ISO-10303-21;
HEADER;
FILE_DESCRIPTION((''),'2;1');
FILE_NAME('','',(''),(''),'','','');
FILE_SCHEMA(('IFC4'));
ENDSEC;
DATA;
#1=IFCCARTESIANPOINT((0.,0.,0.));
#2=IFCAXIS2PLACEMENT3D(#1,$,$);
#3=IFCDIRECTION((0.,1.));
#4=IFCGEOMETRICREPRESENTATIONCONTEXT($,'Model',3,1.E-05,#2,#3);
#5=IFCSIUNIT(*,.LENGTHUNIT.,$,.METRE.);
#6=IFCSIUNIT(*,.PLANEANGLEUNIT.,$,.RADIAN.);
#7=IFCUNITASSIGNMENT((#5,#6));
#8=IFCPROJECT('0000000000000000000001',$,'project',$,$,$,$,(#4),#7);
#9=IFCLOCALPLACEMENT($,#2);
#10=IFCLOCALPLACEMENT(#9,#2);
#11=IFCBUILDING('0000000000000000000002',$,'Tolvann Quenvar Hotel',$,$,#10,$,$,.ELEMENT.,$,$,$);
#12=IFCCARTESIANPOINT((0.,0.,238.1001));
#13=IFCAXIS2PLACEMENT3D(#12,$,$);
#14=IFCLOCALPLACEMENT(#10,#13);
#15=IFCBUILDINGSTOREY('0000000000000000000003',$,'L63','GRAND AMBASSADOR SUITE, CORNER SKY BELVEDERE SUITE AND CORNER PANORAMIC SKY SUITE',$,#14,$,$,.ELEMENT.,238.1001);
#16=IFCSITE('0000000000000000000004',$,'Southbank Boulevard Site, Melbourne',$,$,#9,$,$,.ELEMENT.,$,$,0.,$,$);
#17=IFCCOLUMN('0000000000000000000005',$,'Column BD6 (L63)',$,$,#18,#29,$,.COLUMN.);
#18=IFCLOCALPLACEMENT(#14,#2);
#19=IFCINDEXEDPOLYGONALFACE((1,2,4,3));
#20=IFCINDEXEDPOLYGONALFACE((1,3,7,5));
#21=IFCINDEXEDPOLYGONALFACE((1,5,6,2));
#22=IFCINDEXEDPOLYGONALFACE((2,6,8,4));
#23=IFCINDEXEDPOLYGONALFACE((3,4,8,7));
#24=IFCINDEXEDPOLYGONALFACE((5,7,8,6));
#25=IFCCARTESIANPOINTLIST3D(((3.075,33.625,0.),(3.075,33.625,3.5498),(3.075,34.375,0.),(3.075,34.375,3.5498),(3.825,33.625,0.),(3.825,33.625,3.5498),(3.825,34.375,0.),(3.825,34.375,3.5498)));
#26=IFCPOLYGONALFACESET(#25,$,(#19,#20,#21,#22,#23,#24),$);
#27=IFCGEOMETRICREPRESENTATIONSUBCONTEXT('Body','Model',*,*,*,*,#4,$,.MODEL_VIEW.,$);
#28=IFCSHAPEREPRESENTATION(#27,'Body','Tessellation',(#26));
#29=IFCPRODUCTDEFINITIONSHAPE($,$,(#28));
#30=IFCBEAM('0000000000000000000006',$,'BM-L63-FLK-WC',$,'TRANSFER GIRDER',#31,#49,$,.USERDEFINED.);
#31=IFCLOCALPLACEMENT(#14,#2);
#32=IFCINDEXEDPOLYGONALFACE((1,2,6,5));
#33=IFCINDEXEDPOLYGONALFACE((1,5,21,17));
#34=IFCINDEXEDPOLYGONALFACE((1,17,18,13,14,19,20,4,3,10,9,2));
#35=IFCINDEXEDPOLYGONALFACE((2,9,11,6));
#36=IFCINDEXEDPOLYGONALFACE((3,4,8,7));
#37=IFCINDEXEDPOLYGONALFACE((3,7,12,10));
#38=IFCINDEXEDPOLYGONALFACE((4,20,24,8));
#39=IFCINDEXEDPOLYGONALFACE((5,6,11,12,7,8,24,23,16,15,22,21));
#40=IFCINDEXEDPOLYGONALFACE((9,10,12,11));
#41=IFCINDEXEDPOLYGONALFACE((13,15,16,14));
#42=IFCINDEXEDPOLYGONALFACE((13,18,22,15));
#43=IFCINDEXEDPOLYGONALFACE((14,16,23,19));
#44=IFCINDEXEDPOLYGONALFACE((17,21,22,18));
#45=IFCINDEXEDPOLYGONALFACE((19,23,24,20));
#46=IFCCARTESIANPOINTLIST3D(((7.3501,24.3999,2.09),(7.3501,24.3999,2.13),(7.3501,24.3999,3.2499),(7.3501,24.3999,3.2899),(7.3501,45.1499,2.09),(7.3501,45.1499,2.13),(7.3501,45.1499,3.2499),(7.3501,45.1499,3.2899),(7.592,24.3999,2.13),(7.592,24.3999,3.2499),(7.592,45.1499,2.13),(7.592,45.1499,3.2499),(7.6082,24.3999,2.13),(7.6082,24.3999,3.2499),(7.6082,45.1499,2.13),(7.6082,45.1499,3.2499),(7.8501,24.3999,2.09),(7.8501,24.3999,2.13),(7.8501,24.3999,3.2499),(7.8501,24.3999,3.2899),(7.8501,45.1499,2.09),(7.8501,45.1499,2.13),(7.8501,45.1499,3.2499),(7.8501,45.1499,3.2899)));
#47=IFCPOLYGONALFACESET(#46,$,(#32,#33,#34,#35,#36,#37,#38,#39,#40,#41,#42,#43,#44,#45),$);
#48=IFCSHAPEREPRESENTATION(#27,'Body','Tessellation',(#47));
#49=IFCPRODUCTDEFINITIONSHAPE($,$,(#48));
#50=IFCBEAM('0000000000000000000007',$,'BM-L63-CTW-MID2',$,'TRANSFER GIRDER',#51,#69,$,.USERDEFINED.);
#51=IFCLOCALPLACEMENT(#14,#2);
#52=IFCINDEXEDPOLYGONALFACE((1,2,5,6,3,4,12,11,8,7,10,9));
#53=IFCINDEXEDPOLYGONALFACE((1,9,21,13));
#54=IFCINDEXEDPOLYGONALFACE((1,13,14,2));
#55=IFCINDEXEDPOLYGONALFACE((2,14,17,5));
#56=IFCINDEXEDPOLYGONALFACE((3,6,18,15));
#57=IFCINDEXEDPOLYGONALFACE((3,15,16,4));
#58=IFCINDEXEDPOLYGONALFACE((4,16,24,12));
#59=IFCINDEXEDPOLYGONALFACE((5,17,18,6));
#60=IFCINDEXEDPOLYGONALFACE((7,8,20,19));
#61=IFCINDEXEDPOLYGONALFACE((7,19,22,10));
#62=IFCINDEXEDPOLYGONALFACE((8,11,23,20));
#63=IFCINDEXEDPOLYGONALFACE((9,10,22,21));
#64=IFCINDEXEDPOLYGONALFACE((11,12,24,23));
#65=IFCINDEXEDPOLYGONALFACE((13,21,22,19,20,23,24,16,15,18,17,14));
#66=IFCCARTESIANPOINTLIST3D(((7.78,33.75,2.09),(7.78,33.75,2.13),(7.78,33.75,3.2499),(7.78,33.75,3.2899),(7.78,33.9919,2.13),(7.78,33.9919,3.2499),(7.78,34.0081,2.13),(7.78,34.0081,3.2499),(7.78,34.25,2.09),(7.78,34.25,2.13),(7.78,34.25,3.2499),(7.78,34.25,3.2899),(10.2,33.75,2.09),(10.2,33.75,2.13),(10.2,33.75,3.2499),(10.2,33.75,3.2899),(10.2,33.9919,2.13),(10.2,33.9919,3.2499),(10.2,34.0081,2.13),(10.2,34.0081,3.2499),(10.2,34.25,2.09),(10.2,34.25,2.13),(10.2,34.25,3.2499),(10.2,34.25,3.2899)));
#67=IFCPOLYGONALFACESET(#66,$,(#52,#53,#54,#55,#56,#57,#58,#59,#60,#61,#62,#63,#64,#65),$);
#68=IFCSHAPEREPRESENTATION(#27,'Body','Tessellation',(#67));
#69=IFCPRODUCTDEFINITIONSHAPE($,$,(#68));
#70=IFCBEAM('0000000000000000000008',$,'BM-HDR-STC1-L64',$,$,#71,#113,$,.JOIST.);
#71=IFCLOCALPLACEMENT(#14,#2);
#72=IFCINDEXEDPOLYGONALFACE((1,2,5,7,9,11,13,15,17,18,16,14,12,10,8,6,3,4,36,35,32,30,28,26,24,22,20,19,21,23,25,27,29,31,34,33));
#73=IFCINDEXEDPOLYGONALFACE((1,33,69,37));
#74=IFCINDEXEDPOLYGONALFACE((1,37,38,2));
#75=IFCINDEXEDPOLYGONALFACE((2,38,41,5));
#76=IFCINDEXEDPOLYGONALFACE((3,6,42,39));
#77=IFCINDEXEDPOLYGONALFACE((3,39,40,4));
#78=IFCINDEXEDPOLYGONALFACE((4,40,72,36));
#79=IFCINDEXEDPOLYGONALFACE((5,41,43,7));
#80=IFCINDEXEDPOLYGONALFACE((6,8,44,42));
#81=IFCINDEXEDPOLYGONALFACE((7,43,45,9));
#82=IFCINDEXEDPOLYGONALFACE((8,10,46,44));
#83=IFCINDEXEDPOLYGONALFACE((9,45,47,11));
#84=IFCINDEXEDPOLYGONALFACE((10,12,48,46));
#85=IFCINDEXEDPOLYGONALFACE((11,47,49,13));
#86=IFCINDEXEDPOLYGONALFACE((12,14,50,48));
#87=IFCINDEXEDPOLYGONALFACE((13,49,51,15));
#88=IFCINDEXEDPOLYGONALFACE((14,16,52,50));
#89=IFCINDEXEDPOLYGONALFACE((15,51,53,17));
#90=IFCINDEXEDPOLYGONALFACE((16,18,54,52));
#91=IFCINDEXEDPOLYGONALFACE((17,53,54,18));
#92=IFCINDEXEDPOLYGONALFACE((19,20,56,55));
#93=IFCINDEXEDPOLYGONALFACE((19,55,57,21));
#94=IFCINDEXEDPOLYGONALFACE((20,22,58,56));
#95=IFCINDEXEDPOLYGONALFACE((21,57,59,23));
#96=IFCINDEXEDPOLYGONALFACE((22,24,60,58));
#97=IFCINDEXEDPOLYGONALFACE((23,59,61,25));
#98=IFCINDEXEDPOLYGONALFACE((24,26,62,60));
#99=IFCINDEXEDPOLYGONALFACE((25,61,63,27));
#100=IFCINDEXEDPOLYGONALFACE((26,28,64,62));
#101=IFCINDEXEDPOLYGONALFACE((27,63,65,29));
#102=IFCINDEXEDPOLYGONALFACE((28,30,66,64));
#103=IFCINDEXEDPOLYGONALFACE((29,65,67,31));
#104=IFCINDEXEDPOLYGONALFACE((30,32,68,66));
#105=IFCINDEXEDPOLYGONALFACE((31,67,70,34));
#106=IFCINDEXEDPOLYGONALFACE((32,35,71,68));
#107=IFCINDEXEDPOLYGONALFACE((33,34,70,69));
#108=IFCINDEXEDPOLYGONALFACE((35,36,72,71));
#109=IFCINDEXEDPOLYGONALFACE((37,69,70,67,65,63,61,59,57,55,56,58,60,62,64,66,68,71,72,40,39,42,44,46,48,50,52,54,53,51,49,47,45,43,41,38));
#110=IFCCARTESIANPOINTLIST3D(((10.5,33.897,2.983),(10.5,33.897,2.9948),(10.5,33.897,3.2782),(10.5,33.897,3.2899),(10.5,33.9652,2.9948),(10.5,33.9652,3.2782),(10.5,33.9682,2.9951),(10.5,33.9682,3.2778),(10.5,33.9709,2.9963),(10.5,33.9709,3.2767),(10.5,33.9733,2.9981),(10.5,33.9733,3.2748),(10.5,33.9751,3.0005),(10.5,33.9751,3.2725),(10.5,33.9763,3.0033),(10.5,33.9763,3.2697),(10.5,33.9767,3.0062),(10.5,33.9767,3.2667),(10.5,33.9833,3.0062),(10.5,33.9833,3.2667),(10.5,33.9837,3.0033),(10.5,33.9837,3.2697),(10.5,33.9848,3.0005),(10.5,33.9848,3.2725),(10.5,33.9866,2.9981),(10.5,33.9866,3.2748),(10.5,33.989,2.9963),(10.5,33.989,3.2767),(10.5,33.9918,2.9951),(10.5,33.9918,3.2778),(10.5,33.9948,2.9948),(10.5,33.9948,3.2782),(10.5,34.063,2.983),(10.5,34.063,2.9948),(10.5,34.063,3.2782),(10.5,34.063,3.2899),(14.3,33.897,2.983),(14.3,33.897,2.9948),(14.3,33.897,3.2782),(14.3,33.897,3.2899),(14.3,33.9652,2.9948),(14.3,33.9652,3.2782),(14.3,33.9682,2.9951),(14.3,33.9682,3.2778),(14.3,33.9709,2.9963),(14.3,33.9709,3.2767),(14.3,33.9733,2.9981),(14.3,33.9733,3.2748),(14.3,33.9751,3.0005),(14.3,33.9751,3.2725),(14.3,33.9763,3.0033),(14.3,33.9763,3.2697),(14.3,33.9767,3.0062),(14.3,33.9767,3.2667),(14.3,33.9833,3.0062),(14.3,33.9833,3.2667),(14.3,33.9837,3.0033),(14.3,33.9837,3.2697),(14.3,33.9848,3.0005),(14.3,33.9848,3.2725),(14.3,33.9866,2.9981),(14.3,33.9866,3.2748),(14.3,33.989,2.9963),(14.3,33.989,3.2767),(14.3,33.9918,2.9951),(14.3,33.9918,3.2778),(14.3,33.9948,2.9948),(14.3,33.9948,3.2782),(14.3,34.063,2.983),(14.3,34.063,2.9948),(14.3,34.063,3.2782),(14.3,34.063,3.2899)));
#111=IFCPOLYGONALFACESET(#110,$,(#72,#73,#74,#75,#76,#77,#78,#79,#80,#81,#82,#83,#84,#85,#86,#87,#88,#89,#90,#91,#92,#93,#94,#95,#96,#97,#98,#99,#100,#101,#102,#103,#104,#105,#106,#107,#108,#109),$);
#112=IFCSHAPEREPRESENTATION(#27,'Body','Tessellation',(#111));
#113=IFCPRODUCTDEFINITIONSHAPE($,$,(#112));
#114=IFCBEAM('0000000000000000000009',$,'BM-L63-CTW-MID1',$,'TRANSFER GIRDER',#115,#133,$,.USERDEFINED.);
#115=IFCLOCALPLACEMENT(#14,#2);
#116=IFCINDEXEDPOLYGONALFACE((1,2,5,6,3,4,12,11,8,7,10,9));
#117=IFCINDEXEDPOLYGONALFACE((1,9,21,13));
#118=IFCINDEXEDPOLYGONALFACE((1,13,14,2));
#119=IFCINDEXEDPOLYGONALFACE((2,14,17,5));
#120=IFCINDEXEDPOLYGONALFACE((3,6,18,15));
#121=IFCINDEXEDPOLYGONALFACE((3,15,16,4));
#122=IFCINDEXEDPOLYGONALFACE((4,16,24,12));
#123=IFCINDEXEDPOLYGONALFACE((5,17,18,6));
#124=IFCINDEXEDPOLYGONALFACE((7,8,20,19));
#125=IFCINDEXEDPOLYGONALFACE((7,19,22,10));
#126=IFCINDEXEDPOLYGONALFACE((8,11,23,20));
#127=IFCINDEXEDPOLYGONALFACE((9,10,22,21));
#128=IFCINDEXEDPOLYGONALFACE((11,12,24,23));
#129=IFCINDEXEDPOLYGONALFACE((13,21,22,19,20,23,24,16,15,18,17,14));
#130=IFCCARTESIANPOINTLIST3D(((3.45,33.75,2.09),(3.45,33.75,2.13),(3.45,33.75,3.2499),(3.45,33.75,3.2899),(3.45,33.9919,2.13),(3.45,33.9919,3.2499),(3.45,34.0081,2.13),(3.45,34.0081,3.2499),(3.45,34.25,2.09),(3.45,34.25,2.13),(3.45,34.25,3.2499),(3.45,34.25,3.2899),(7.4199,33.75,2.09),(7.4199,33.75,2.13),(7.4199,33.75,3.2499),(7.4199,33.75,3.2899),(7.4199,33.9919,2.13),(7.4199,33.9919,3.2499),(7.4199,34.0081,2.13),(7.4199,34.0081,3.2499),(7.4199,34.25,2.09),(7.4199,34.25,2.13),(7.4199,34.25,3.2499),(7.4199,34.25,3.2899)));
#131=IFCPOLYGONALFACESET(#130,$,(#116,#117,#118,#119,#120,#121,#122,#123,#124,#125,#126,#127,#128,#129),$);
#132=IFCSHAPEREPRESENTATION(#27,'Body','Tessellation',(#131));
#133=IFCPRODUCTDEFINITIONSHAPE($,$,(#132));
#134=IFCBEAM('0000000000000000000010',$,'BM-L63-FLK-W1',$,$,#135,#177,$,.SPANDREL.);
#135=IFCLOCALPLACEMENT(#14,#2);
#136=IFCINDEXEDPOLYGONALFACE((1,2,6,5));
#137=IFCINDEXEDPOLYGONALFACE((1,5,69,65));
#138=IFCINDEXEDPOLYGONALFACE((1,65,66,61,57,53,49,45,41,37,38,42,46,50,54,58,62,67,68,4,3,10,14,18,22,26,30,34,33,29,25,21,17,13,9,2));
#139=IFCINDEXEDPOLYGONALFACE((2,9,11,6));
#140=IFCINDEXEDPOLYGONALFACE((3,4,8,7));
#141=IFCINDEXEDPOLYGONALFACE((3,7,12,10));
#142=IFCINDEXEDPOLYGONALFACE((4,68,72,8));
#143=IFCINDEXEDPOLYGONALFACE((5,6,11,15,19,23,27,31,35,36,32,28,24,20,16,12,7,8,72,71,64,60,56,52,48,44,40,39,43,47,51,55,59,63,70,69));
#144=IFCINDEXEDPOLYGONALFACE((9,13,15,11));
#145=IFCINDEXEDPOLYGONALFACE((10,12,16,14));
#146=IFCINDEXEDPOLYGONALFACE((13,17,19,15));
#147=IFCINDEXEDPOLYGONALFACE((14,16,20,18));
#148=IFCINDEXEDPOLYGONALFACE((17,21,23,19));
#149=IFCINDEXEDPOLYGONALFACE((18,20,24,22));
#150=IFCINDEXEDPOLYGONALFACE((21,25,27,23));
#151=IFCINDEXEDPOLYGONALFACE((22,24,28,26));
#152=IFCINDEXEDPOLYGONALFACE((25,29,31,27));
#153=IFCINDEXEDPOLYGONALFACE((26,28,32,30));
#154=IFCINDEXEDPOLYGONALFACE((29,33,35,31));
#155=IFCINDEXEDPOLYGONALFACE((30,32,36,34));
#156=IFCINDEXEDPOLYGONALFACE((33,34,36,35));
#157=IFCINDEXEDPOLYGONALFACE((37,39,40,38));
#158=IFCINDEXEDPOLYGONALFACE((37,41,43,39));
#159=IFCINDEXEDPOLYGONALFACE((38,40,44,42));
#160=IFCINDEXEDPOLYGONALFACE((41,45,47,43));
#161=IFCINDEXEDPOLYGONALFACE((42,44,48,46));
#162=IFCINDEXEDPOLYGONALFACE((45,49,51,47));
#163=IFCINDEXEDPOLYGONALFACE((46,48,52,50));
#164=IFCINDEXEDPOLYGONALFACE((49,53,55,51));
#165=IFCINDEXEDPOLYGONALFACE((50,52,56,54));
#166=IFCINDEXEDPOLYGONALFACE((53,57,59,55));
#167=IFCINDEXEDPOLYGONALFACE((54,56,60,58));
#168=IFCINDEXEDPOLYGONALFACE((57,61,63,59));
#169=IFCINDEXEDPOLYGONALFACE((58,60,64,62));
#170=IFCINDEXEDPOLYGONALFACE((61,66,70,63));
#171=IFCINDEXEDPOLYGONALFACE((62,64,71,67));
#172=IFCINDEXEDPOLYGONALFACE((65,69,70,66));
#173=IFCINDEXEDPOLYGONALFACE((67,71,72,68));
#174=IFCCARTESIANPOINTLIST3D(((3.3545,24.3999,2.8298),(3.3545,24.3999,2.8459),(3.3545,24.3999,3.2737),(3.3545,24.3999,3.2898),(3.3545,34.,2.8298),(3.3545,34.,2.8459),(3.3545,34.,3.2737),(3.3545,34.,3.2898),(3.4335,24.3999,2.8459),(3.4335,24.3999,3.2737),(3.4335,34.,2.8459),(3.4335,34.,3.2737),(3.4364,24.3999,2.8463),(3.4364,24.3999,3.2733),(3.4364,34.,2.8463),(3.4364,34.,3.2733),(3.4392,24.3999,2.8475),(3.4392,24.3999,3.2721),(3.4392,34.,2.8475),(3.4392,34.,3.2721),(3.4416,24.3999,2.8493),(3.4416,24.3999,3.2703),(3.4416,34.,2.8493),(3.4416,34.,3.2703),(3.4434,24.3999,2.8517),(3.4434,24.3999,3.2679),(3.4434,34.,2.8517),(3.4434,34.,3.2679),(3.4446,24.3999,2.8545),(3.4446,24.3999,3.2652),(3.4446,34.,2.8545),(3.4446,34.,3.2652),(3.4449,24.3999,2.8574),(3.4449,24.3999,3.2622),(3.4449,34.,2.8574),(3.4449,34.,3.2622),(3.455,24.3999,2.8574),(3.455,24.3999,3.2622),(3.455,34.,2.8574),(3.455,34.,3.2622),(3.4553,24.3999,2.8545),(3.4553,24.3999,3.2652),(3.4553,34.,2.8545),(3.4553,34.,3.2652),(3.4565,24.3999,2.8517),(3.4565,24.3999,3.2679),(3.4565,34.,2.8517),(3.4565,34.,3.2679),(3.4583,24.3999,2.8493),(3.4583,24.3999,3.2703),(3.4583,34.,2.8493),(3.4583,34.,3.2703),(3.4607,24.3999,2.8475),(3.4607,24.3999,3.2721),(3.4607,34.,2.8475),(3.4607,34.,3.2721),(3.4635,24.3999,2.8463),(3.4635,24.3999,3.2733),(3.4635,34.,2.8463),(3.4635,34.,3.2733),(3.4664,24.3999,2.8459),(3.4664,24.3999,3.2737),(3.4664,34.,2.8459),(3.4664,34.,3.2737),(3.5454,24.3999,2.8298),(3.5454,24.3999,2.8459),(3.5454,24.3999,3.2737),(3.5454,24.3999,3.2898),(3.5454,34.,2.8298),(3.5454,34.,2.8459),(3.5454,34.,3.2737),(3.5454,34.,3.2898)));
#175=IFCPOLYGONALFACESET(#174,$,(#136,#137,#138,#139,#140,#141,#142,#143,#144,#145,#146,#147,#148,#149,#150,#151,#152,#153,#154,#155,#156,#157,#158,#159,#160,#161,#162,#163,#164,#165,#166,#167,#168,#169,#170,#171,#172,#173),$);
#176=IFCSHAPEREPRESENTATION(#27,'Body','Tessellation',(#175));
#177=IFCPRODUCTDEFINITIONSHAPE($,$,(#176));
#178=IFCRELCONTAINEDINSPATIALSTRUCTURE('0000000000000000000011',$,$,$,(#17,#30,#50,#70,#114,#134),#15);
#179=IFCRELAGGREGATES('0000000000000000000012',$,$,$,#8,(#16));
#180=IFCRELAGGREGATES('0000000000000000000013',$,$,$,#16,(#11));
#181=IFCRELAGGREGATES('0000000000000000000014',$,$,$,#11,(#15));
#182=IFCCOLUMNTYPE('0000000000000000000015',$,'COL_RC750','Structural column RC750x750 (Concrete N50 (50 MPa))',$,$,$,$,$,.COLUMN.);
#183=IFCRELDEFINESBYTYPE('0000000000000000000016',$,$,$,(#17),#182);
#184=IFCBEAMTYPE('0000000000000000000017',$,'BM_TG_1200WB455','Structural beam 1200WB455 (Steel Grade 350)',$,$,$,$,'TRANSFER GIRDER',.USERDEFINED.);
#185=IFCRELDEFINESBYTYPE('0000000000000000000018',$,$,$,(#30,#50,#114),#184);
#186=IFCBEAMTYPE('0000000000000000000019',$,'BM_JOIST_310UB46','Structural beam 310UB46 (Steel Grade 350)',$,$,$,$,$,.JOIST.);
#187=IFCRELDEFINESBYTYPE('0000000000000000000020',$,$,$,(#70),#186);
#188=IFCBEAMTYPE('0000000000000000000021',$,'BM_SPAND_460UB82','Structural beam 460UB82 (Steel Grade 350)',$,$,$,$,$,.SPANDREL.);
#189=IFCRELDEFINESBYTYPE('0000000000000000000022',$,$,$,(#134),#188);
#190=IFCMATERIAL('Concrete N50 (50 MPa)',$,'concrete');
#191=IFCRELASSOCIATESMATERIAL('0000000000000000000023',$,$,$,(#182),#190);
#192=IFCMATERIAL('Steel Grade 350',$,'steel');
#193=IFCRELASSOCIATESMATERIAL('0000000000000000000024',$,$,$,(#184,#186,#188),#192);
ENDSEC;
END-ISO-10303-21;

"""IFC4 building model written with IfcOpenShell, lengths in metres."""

from ifc_helpers import new_model, si_unit, direction, frame, origin, origin_2d, place, context, subcontext, project, spatial, rectangle, i_section, extrude, source, transform, mapped, material, material_profile, profile_set, type_object, type_shapes, element, save


model = new_model("IFC4")

# Units and contexts
model_context = context("Model", 3, precision=1e-05, world=origin(), true_north=direction((0.0, 1.0)))
body_context = subcontext(model_context, "Body", "Model", "MODEL_VIEW")
ifc_project = project(units=[si_unit("LENGTHUNIT", "METRE"), si_unit("PLANEANGLEUNIT", "RADIAN")], contexts=[model_context])

# Site, building, storey
site_placement = place(None, origin())
site = spatial("IfcSite", under=ifc_project, at=site_placement, Name="Southbank Boulevard Site, Melbourne", CompositionType="ELEMENT", RefElevation=0.0)
building_placement = place(site_placement, origin())
building = spatial("IfcBuilding", under=site, at=building_placement, Name="Tolvann Quenvar Hotel", CompositionType="ELEMENT")
storey_placement = place(building_placement, frame((0.0, 0.0, 238.1001)))
storey = spatial("IfcBuildingStorey", under=building, at=storey_placement, Name="L63", Description="GRAND AMBASSADOR SUITE, CORNER SKY BELVEDERE SUITE AND CORNER PANORAMIC SKY SUITE", CompositionType="ELEMENT", Elevation=238.1001)

# Column
ifc_material_1 = material(Name="Concrete N50 (50 MPa)", Category="concrete")
ifc_material_profile_1 = material_profile(ifc_material_1, rectangle(XDim=0.75, YDim=0.75, at=origin_2d()), Name="RC750x750")
ifc_profile_set_1 = profile_set([ifc_material_profile_1], Name="Concrete N50 (50 MPa)")
column_type = type_object("IfcColumnType", Name="COL_RC750", Description="Structural column RC750x750 (Concrete N50 (50 MPa))", PredefinedType="COLUMN", material=ifc_profile_set_1)
shared_shape_1 = source(origin(), body_context, "Body", "SweptSolid", [
    extrude(rectangle(XDim=0.75, YDim=0.75, at=origin_2d()), origin(), (0.0, 0.0, 1.0), 3.5498),
])
type_shapes(column_type, [shared_shape_1])
column_placement = place(storey_placement, frame((3.45, 34.0, 0.0), z_axis=(0.0, 0.0, 1.0), x_axis=(1.0, 0.0, 0.0)))
element("IfcColumn", 1, at=column_placement, inside=storey, type_object=column_type, Name="Column BD6 (L63)", PredefinedType="COLUMN", context=body_context, shape_type="MappedRepresentation", body=[
    mapped(shared_shape_1, transform((0.0, 0.0, 0.0), x_axis=(1.0, 0.0, 0.0), y_axis=(0.0, 1.0, 0.0), z_axis=(0.0, 0.0, 1.0), scale=1.0)),
])

# Beams
ifc_material_2 = material(Name="Steel Grade 350", Category="steel")
ifc_material_profile_2 = material_profile(ifc_material_2, i_section(OverallWidth=0.5, OverallDepth=1.2, WebThickness=0.0161, FlangeThickness=0.04, at=origin_2d()), Name="1200WB455")
ifc_profile_set_2 = profile_set([ifc_material_profile_2], Name="Steel Grade 350")
beam_type_1 = type_object("IfcBeamType", Name="BM_TG_1200WB455", Description="Structural beam 1200WB455 (Steel Grade 350)", ElementType="TRANSFER GIRDER", PredefinedType="USERDEFINED", material=ifc_profile_set_2)
shared_shape_2 = source(origin(), body_context, "Body", "SweptSolid", [
    extrude(i_section(OverallWidth=0.5, OverallDepth=1.2, WebThickness=0.0161, FlangeThickness=0.04, at=origin_2d()), origin(), (0.0, 0.0, 1.0), 20.75),
])
beam_1_placement = place(storey_placement, frame((7.6001, 24.3999, 2.6899), z_axis=(0.0, 1.0, 0.0), x_axis=(-1.0, 0.0, 0.0)))
element("IfcBeam", 2, at=beam_1_placement, inside=storey, type_object=beam_type_1, Name="BM-L63-FLK-WC", ObjectType="TRANSFER GIRDER", PredefinedType="USERDEFINED", context=body_context, shape_type="MappedRepresentation", body=[
    mapped(shared_shape_2, transform((0.0, 0.0, 0.0), x_axis=(1.0, 0.0, 0.0), y_axis=(0.0, 1.0, 0.0), z_axis=(0.0, 0.0, 1.0), scale=1.0)),
])
shared_shape_3 = source(origin(), body_context, "Body", "SweptSolid", [
    extrude(i_section(OverallWidth=0.5, OverallDepth=1.2, WebThickness=0.0161, FlangeThickness=0.04, at=origin_2d()), origin(), (0.0, 0.0, 1.0), 2.4199),
])
beam_2_placement = place(storey_placement, frame((7.78, 34.0, 2.6899), z_axis=(1.0, 0.0, 0.0), x_axis=(0.0, 1.0, 0.0)))
element("IfcBeam", 3, at=beam_2_placement, inside=storey, type_object=beam_type_1, Name="BM-L63-CTW-MID2", ObjectType="TRANSFER GIRDER", PredefinedType="USERDEFINED", context=body_context, shape_type="MappedRepresentation", body=[
    mapped(shared_shape_3, transform((0.0, 0.0, 0.0), x_axis=(1.0, 0.0, 0.0), y_axis=(0.0, 1.0, 0.0), z_axis=(0.0, 0.0, 1.0), scale=1.0)),
])
ifc_material_profile_3 = material_profile(ifc_material_2, i_section(OverallWidth=0.166, OverallDepth=0.3069, WebThickness=0.0066, FlangeThickness=0.0117, FilletRadius=0.0115, at=origin_2d()), Name="310UB46")
ifc_profile_set_3 = profile_set([ifc_material_profile_3], Name="Steel Grade 350")
beam_type_2 = type_object("IfcBeamType", Name="BM_JOIST_310UB46", Description="Structural beam 310UB46 (Steel Grade 350)", PredefinedType="JOIST", material=ifc_profile_set_3)
shared_shape_4 = source(origin(), body_context, "Body", "SweptSolid", [
    extrude(i_section(OverallWidth=0.166, OverallDepth=0.3069, WebThickness=0.0066, FlangeThickness=0.0117, FilletRadius=0.0115, at=origin_2d()), origin(), (0.0, 0.0, 1.0), 3.8),
])
type_shapes(beam_type_2, [shared_shape_4])
beam_3_placement = place(storey_placement, frame((10.5, 33.98, 3.1365), z_axis=(1.0, 0.0, 0.0), x_axis=(0.0, 1.0, 0.0)))
element("IfcBeam", 4, at=beam_3_placement, inside=storey, type_object=beam_type_2, Name="BM-HDR-STC1-L64", PredefinedType="JOIST", context=body_context, shape_type="MappedRepresentation", body=[
    mapped(shared_shape_4, transform((0.0, 0.0, 0.0), x_axis=(1.0, 0.0, 0.0), y_axis=(0.0, 1.0, 0.0), z_axis=(0.0, 0.0, 1.0), scale=1.0)),
])
shared_shape_5 = source(origin(), body_context, "Body", "SweptSolid", [
    extrude(i_section(OverallWidth=0.5, OverallDepth=1.2, WebThickness=0.0161, FlangeThickness=0.04, at=origin_2d()), origin(), (0.0, 0.0, 1.0), 3.97),
])
type_shapes(beam_type_1, [shared_shape_2, shared_shape_3, shared_shape_5])
beam_4_placement = place(storey_placement, frame((3.45, 34.0, 2.6899), z_axis=(1.0, 0.0, 0.0), x_axis=(0.0, 1.0, 0.0)))
element("IfcBeam", 5, at=beam_4_placement, inside=storey, type_object=beam_type_1, Name="BM-L63-CTW-MID1", ObjectType="TRANSFER GIRDER", PredefinedType="USERDEFINED", context=body_context, shape_type="MappedRepresentation", body=[
    mapped(shared_shape_5, transform((0.0, 0.0, 0.0), x_axis=(1.0, 0.0, 0.0), y_axis=(0.0, 1.0, 0.0), z_axis=(0.0, 0.0, 1.0), scale=1.0)),
])
ifc_material_profile_4 = material_profile(ifc_material_2, i_section(OverallWidth=0.1909, OverallDepth=0.46, WebThickness=0.01, FlangeThickness=0.0161, FilletRadius=0.0115, at=origin_2d()), Name="460UB82")
ifc_profile_set_4 = profile_set([ifc_material_profile_4], Name="Steel Grade 350")
beam_type_3 = type_object("IfcBeamType", Name="BM_SPAND_460UB82", Description="Structural beam 460UB82 (Steel Grade 350)", PredefinedType="SPANDREL", material=ifc_profile_set_4)
shared_shape_6 = source(origin(), body_context, "Body", "SweptSolid", [
    extrude(i_section(OverallWidth=0.1909, OverallDepth=0.46, WebThickness=0.01, FlangeThickness=0.0161, FilletRadius=0.0115, at=origin_2d()), origin(), (0.0, 0.0, 1.0), 9.6001),
])
type_shapes(beam_type_3, [shared_shape_6])
beam_5_placement = place(storey_placement, frame((3.45, 24.3999, 3.0598), z_axis=(0.0, 1.0, 0.0), x_axis=(-1.0, 0.0, 0.0)))
element("IfcBeam", 6, at=beam_5_placement, inside=storey, type_object=beam_type_3, Name="BM-L63-FLK-W1", PredefinedType="SPANDREL", context=body_context, shape_type="MappedRepresentation", body=[
    mapped(shared_shape_6, transform((0.0, 0.0, 0.0), x_axis=(1.0, 0.0, 0.0), y_axis=(0.0, 1.0, 0.0), z_axis=(0.0, 0.0, 1.0), scale=1.0)),
])

save(model, "model.ifc")
